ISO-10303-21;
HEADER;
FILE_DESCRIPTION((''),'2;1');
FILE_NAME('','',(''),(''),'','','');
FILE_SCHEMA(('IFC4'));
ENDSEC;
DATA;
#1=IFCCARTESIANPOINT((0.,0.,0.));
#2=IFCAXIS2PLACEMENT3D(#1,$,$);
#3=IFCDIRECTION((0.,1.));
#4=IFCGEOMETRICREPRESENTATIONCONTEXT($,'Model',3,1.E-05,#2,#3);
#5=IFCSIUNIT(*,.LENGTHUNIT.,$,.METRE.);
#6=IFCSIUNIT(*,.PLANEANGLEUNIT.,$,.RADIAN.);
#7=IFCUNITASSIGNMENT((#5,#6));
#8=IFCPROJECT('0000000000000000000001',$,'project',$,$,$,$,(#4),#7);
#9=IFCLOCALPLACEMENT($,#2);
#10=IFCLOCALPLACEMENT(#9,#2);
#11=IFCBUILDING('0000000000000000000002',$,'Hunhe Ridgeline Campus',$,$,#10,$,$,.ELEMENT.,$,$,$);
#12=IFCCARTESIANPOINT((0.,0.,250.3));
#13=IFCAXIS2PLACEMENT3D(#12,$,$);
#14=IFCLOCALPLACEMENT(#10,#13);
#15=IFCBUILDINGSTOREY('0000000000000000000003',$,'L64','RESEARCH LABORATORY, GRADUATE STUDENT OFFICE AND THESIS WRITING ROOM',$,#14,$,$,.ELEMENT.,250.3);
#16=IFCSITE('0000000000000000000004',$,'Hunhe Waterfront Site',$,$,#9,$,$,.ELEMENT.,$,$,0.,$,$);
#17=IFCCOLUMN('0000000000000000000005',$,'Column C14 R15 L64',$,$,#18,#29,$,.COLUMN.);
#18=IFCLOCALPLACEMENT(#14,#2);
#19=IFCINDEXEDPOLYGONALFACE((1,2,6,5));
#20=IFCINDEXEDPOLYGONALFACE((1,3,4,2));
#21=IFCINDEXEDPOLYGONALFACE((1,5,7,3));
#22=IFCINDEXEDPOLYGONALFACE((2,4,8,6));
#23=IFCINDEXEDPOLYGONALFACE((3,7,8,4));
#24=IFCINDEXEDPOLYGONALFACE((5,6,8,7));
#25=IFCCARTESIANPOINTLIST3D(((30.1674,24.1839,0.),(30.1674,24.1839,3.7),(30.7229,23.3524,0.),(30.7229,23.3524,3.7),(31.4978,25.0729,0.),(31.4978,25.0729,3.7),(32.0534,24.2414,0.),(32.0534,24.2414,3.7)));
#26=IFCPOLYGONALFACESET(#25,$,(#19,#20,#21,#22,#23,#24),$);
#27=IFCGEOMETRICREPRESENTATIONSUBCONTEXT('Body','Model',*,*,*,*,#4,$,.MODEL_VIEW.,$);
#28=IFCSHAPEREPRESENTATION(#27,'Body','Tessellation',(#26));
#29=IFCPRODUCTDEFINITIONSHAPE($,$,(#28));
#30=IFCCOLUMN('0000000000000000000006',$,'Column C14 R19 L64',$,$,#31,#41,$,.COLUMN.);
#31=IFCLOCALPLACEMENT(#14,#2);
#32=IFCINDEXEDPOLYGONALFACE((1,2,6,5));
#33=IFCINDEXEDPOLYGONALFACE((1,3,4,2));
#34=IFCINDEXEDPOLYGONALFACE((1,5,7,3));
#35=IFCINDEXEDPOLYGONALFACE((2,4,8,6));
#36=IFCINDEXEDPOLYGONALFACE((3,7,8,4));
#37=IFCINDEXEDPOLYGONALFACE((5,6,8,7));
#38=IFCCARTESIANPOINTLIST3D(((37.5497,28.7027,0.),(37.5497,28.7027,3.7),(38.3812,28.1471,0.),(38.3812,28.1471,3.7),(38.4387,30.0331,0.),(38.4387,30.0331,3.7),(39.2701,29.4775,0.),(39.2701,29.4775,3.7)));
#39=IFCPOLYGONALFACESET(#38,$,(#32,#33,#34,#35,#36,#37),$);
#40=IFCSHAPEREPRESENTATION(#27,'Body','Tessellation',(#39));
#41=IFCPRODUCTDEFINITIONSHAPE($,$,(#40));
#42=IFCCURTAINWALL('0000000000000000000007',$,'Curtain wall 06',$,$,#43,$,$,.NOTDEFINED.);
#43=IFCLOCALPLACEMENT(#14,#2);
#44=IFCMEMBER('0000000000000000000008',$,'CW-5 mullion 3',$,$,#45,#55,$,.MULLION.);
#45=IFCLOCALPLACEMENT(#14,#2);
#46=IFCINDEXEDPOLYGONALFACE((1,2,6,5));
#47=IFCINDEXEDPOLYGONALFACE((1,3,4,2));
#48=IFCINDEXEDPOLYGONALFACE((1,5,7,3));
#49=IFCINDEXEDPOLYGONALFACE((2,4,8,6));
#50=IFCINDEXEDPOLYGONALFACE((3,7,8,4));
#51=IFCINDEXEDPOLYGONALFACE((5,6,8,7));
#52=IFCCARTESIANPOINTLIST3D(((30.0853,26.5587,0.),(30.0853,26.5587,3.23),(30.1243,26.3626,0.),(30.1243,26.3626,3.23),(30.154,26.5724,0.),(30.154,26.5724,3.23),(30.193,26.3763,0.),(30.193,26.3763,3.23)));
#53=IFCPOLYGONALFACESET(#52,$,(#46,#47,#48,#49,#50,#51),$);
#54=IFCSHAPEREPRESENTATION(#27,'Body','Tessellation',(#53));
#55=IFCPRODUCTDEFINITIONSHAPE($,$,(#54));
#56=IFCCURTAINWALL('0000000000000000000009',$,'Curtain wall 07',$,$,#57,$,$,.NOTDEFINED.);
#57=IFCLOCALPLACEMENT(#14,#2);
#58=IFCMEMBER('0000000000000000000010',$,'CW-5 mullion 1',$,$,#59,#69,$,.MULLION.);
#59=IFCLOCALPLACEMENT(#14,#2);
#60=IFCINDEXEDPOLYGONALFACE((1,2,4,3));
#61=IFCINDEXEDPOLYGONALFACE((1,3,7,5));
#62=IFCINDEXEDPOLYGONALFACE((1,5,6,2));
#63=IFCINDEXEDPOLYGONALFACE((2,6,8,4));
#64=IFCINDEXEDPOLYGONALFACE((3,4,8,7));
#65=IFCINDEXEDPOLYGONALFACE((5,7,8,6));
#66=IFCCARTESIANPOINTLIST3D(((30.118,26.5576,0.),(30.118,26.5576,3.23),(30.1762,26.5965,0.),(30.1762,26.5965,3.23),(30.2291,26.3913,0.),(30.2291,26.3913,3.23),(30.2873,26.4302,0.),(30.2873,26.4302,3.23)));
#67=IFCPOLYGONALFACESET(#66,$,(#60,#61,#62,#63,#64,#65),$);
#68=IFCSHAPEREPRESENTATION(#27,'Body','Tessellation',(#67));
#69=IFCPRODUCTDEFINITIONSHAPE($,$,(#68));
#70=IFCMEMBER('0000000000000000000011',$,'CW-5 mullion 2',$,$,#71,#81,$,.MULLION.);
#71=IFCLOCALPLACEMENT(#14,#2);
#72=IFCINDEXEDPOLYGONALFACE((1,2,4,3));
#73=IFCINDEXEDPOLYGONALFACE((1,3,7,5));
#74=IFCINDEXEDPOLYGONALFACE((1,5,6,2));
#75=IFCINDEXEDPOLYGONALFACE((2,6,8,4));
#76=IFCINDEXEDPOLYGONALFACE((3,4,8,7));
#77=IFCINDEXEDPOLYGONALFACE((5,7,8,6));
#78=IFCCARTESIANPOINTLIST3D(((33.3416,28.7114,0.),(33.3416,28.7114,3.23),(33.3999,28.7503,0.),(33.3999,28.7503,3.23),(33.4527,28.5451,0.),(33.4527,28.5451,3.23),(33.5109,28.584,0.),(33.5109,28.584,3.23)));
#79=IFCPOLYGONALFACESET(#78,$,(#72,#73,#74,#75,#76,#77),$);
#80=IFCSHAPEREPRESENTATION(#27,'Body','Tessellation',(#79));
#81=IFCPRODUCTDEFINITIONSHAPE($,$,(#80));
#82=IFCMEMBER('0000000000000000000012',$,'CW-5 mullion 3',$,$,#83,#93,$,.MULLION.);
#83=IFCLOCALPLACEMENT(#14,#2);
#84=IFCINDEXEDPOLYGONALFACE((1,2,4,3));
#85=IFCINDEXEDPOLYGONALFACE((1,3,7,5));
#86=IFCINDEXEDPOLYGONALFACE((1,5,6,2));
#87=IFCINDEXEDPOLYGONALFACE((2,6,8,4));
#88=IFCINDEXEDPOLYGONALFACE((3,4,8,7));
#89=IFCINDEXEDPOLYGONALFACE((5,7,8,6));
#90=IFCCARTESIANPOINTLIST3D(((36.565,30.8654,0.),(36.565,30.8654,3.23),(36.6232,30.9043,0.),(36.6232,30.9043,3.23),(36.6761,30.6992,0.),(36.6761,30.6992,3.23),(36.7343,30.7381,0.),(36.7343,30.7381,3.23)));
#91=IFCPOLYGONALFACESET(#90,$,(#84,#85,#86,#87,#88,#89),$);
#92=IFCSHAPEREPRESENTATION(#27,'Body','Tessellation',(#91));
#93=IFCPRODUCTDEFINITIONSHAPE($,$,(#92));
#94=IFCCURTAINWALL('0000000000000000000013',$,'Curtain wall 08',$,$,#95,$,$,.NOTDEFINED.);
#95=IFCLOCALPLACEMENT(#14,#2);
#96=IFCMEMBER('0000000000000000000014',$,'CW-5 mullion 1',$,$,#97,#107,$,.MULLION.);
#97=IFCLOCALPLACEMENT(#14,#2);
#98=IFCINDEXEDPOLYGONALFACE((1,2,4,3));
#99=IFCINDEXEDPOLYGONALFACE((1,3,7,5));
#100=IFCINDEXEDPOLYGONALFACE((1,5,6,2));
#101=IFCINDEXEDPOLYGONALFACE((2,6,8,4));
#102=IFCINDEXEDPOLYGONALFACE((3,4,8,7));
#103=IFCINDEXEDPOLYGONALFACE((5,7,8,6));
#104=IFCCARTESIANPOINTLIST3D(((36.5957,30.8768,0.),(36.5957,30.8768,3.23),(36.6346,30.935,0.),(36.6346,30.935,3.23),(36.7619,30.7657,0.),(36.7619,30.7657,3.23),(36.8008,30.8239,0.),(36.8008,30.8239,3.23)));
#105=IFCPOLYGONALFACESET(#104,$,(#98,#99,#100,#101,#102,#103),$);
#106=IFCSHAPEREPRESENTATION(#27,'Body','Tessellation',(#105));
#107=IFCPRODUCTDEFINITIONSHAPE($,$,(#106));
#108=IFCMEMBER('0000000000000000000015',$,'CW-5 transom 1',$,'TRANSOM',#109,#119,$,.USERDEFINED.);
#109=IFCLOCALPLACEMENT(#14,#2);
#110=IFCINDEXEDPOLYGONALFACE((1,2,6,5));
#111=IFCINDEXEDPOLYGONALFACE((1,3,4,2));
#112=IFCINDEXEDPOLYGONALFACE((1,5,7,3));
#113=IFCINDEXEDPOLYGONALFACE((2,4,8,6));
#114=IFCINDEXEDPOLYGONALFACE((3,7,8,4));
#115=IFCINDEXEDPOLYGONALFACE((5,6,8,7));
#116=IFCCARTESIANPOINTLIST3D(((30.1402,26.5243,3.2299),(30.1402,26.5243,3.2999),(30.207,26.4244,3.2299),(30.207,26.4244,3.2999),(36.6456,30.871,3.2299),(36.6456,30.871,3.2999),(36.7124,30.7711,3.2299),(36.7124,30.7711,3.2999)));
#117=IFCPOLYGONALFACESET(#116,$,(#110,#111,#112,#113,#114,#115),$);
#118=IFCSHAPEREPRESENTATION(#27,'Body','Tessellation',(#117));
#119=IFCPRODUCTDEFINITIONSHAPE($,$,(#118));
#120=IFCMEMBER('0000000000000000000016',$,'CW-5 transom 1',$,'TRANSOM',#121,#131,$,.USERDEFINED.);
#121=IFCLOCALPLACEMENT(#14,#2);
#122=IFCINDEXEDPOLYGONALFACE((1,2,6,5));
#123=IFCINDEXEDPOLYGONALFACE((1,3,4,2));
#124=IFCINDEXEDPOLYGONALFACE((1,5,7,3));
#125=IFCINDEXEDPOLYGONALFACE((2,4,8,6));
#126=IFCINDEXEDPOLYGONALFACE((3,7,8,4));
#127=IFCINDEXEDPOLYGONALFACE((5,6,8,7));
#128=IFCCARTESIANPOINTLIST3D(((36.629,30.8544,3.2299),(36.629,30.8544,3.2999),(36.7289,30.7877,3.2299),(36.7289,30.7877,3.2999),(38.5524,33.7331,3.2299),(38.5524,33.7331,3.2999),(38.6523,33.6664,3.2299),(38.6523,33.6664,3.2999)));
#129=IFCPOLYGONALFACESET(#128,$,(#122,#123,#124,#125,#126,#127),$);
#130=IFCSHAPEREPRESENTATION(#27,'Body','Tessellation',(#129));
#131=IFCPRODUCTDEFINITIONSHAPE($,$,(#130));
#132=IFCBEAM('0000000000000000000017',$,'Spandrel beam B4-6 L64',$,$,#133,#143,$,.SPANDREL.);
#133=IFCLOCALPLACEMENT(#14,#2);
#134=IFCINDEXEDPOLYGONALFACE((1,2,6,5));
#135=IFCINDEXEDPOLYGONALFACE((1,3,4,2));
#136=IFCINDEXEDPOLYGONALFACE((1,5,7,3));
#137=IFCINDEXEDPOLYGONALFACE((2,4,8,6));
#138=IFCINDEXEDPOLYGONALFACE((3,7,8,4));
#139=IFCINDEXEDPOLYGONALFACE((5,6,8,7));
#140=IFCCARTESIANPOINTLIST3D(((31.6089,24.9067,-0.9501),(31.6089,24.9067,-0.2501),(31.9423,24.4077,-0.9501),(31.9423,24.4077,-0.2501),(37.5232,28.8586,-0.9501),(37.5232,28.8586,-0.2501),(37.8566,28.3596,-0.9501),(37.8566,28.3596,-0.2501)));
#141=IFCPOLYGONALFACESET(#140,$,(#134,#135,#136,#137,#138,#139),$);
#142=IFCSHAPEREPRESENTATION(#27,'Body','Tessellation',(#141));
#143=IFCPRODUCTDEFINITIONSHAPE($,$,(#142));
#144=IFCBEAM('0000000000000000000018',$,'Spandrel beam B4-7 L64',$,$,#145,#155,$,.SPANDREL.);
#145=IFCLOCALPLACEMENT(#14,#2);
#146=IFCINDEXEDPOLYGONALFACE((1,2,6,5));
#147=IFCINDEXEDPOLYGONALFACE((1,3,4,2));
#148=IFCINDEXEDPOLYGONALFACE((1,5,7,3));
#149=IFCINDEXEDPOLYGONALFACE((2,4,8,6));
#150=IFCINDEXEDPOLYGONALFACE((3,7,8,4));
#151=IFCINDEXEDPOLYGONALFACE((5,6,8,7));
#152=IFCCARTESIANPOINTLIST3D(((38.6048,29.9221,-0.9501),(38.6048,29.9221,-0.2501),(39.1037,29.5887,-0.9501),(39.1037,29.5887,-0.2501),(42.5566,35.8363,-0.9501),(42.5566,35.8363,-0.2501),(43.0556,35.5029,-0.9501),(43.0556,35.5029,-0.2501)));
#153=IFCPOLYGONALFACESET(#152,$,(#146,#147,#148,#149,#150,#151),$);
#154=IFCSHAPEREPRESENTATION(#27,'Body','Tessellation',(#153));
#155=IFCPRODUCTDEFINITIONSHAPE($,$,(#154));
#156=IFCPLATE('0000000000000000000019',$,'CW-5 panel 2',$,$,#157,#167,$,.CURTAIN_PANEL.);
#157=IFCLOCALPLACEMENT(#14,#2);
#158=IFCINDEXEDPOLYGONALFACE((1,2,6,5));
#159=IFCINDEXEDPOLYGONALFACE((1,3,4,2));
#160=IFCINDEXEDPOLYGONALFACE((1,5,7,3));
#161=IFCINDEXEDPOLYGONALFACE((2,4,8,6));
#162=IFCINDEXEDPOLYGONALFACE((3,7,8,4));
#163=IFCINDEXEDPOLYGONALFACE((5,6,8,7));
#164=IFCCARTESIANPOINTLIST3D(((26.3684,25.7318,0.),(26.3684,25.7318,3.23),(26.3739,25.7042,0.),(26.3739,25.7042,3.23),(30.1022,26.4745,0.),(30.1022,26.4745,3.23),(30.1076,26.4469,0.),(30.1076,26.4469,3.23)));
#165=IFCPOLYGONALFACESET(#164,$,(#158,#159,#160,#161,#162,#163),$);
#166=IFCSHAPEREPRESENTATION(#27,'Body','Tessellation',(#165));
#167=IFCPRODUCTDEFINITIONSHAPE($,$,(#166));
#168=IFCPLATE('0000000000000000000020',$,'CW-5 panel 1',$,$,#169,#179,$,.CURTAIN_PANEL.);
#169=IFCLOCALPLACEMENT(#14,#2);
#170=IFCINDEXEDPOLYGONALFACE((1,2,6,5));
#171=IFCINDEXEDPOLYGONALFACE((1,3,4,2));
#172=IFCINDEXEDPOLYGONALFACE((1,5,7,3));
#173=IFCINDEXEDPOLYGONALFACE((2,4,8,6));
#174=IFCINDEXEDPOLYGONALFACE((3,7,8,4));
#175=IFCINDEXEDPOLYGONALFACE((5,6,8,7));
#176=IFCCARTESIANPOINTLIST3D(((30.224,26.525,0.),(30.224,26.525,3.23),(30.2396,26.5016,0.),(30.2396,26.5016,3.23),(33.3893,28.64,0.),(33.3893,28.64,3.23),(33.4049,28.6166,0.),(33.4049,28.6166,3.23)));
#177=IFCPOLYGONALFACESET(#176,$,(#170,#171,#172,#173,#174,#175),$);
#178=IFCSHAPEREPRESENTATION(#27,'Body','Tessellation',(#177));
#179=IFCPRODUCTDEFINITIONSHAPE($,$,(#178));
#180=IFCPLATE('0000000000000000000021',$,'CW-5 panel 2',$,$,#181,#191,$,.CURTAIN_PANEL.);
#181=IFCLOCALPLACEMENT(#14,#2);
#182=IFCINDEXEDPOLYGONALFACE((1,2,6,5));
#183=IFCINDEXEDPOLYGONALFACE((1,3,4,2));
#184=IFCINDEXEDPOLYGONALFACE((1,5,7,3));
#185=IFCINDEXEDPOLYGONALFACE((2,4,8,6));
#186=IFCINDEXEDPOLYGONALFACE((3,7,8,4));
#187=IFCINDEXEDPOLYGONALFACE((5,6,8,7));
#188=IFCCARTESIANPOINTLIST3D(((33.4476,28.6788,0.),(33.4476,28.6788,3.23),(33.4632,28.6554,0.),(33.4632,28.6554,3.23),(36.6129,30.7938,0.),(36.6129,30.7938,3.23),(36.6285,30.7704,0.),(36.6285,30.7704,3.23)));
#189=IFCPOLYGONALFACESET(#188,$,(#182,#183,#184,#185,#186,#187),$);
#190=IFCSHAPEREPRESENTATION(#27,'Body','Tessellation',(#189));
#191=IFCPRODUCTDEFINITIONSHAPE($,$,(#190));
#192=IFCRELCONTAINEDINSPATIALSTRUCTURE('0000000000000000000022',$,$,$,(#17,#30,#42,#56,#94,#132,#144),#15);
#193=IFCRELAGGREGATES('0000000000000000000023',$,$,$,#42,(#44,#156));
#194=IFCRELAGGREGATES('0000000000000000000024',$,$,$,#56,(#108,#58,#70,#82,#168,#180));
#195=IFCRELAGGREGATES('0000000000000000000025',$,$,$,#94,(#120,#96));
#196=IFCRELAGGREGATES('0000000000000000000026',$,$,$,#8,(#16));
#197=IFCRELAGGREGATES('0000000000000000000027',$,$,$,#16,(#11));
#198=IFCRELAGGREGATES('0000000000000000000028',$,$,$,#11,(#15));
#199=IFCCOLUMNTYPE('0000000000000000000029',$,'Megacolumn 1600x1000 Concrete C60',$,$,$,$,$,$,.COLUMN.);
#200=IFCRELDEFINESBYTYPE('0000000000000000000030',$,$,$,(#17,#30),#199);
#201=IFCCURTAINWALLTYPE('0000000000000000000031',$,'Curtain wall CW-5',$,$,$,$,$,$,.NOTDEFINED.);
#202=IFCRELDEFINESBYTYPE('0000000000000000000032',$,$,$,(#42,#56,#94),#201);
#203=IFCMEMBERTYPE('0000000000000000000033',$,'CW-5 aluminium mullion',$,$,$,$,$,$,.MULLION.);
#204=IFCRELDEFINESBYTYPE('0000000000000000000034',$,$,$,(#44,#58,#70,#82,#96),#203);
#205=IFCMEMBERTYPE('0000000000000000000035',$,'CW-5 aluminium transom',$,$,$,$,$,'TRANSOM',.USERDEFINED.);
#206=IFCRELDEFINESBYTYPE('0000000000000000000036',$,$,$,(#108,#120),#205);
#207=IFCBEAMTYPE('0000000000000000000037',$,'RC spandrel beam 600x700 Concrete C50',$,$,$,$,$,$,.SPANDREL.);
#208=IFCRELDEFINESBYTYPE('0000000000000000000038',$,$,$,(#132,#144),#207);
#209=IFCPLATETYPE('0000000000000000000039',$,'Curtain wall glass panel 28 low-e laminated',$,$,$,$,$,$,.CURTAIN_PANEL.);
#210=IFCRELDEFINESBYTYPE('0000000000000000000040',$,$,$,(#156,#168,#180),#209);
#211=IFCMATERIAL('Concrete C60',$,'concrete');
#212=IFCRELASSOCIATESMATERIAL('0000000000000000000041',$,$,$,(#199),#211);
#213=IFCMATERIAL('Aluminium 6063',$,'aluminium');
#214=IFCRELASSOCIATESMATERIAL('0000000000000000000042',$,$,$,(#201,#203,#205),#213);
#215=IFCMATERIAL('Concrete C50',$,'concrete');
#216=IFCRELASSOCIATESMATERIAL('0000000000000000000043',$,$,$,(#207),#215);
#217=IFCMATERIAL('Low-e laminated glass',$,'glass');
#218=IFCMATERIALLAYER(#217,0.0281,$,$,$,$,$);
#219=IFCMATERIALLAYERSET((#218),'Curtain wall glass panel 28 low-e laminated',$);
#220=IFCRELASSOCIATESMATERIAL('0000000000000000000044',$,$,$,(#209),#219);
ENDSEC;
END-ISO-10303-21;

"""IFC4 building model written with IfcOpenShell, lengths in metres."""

from ifc_helpers import new_model, si_unit, direction, frame, origin, origin_2d, place, context, subcontext, project, spatial, rectangle, extrude, material, layer, layer_set, material_profile, profile_set, type_object, element, aggregate, save


model = new_model("IFC4")

# Units and contexts
model_context = context("Model", 3, precision=1e-05, world=origin(), true_north=direction((0.0, 1.0)))
body_context = subcontext(model_context, "Body", "Model", "MODEL_VIEW")
ifc_project = project(units=[si_unit("LENGTHUNIT", "METRE"), si_unit("PLANEANGLEUNIT", "RADIAN")], contexts=[model_context])

# Site, building, storey
site_placement = place(None, origin())
site = spatial("IfcSite", under=ifc_project, at=site_placement, Name="Hunhe Waterfront Site", CompositionType="ELEMENT", RefElevation=0.0)
building_placement = place(site_placement, origin())
building = spatial("IfcBuilding", under=site, at=building_placement, Name="Hunhe Ridgeline Campus", CompositionType="ELEMENT")
storey_placement = place(building_placement, frame((0.0, 0.0, 250.3)))
storey = spatial("IfcBuildingStorey", under=building, at=storey_placement, Name="L64", Description="RESEARCH LABORATORY, GRADUATE STUDENT OFFICE AND THESIS WRITING ROOM", CompositionType="ELEMENT", Elevation=250.3)

# Columns
ifc_material_1 = material(Name="Concrete C60", Category="concrete")
ifc_material_profile_1 = material_profile(ifc_material_1, rectangle(XDim=1.6001, YDim=1.0, at=origin_2d()))
ifc_profile_set_1 = profile_set([ifc_material_profile_1], Name="Concrete C60")
column_type = type_object("IfcColumnType", Name="Megacolumn 1600x1000 Concrete C60", PredefinedType="COLUMN", material=ifc_profile_set_1)
for number, where, z_axis, x_axis, name in (
    (1, (31.1104, 24.2126, 0.0), (0.0, 0.0, 1.0), (0.83147, 0.55557, 0.0), "Column C14 R15 L64"),
    (2, (38.4099, 29.0901, 0.0), (0.0, 0.0, 1.0), (0.55557, 0.83147, 0.0), "Column C14 R19 L64"),
):
    element("IfcColumn", number, at=place(storey_placement, frame(where, z_axis=z_axis, x_axis=x_axis)), inside=storey, type_object=column_type, Name=name, PredefinedType="COLUMN", context=body_context, shape_type="SweptSolid", body=[
        extrude(rectangle(XDim=1.6001, YDim=1.0, at=origin_2d()), origin(), (0.0, 0.0, 1.0), 3.7),
    ])

# Curtain wall, member
ifc_material_2 = material(Name="Aluminium 6063", Category="aluminium")
curtain_wall_type = type_object("IfcCurtainWallType", Name="Curtain wall CW-5", PredefinedType="NOTDEFINED", material=ifc_material_2)
curtain_wall_1_placement = place(storey_placement, origin())
curtain_wall_1 = element("IfcCurtainWall", 3, at=curtain_wall_1_placement, inside=storey, type_object=curtain_wall_type, Name="Curtain wall 06", PredefinedType="NOTDEFINED")
ifc_material_profile_2 = material_profile(ifc_material_2, rectangle(XDim=0.2, YDim=0.0701, at=origin_2d()))
ifc_profile_set_2 = profile_set([ifc_material_profile_2], Name="Aluminium 6063")
member_type_1 = type_object("IfcMemberType", Name="CW-5 aluminium mullion", PredefinedType="MULLION", material=ifc_profile_set_2)
member_1_placement = place(storey_placement, frame((30.1392, 26.4675, 0.0), z_axis=(0.0, 0.0, 1.0), x_axis=(-0.19509, 0.980785, 0.0)))
member_1 = element("IfcMember", 4, at=member_1_placement, type_object=member_type_1, Name="CW-5 mullion 3", PredefinedType="MULLION", context=body_context, shape_type="SweptSolid", body=[
    extrude(rectangle(XDim=0.2, YDim=0.0701, at=origin_2d()), origin(), (0.0, 0.0, 1.0), 3.23),
])

# Curtain wall, members
curtain_wall_2_placement = place(storey_placement, origin())
curtain_wall_2 = element("IfcCurtainWall", 5, at=curtain_wall_2_placement, inside=storey, type_object=curtain_wall_type, Name="Curtain wall 07", PredefinedType="NOTDEFINED")
member_2_placement = place(storey_placement, frame((30.2026, 26.4939, 0.0), z_axis=(0.0, 0.0, 1.0), x_axis=(-0.55557, 0.83147, 0.0)))
member_2 = element("IfcMember", 6, at=member_2_placement, type_object=member_type_1, Name="CW-5 mullion 1", PredefinedType="MULLION", context=body_context, shape_type="SweptSolid", body=[
    extrude(rectangle(XDim=0.2, YDim=0.0701, at=origin_2d()), origin(), (0.0, 0.0, 1.0), 3.23),
])
member_3_placement = place(storey_placement, frame((33.4263, 28.6477, 0.0), z_axis=(0.0, 0.0, 1.0), x_axis=(-0.55557, 0.83147, 0.0)))
member_3 = element("IfcMember", 7, at=member_3_placement, type_object=member_type_1, Name="CW-5 mullion 2", PredefinedType="MULLION", context=body_context, shape_type="SweptSolid", body=[
    extrude(rectangle(XDim=0.2, YDim=0.0701, at=origin_2d()), origin(), (0.0, 0.0, 1.0), 3.23),
])
member_4_placement = place(storey_placement, frame((36.6497, 30.8018, 0.0), z_axis=(0.0, 0.0, 1.0), x_axis=(-0.55557, 0.83147, 0.0)))
member_4 = element("IfcMember", 8, at=member_4_placement, type_object=member_type_1, Name="CW-5 mullion 3", PredefinedType="MULLION", context=body_context, shape_type="SweptSolid", body=[
    extrude(rectangle(XDim=0.2, YDim=0.0701, at=origin_2d()), origin(), (0.0, 0.0, 1.0), 3.23),
])

# Curtain wall, member
curtain_wall_3_placement = place(storey_placement, origin())
curtain_wall_3 = element("IfcCurtainWall", 9, at=curtain_wall_3_placement, inside=storey, type_object=curtain_wall_type, Name="Curtain wall 08", PredefinedType="NOTDEFINED")
member_5_placement = place(storey_placement, frame((36.6982, 30.8503, 0.0), z_axis=(0.0, 0.0, 1.0), x_axis=(-0.83147, 0.55557, 0.0)))
member_5 = element("IfcMember", 10, at=member_5_placement, type_object=member_type_1, Name="CW-5 mullion 1", PredefinedType="MULLION", context=body_context, shape_type="SweptSolid", body=[
    extrude(rectangle(XDim=0.2, YDim=0.0701, at=origin_2d()), origin(), (0.0, 0.0, 1.0), 3.23),
])

# Members
ifc_material_profile_3 = material_profile(ifc_material_2, rectangle(XDim=0.1201, YDim=0.0701, at=origin_2d()))
ifc_profile_set_3 = profile_set([ifc_material_profile_3], Name="Aluminium 6063")
member_type_2 = type_object("IfcMemberType", Name="CW-5 aluminium transom", ElementType="TRANSOM", PredefinedType="USERDEFINED", material=ifc_profile_set_3)
member_6_placement = place(storey_placement, frame((30.1736, 26.4744, 3.2649), z_axis=(0.831474, 0.555564, 0.0), x_axis=(-0.555564, 0.831474, 0.0)))
member_6 = element("IfcMember", 11, at=member_6_placement, type_object=member_type_2, Name="CW-5 transom 1", ObjectType="TRANSOM", PredefinedType="USERDEFINED", context=body_context, shape_type="SweptSolid", body=[
    extrude(rectangle(XDim=0.1201, YDim=0.0701, at=origin_2d()), origin(), (0.0, 0.0, 1.0), 7.824),
])
member_7_placement = place(storey_placement, frame((36.679, 30.821, 3.2649), z_axis=(0.555546, 0.831486, 0.0), x_axis=(-0.831486, 0.555546, 0.0)))
member_7 = element("IfcMember", 12, at=member_7_placement, type_object=member_type_2, Name="CW-5 transom 1", ObjectType="TRANSOM", PredefinedType="USERDEFINED", context=body_context, shape_type="SweptSolid", body=[
    extrude(rectangle(XDim=0.1201, YDim=0.0701, at=origin_2d()), origin(), (0.0, 0.0, 1.0), 3.4622),
])

# Beams
ifc_material_3 = material(Name="Concrete C50", Category="concrete")
ifc_material_profile_4 = material_profile(ifc_material_3, rectangle(XDim=0.6001, YDim=0.7, at=origin_2d()))
ifc_profile_set_4 = profile_set([ifc_material_profile_4], Name="Concrete C50")
beam_type = type_object("IfcBeamType", Name="RC spandrel beam 600x700 Concrete C50", PredefinedType="SPANDREL", material=ifc_profile_set_4)
for number, where, z_axis, x_axis, name in (
    (13, (31.7756, 24.6572, -0.6001), (0.831464, 0.555579, 0.0), (-0.555579, 0.831464, 0.0), "Spandrel beam B4-6 L64"),
    (14, (38.8542, 29.7554, -0.6001), (0.555579, 0.831464, 0.0), (-0.831464, 0.555579, 0.0), "Spandrel beam B4-7 L64"),
):
    element("IfcBeam", number, at=place(storey_placement, frame(where, z_axis=z_axis, x_axis=x_axis)), inside=storey, type_object=beam_type, Name=name, PredefinedType="SPANDREL", context=body_context, shape_type="SweptSolid", body=[
        extrude(rectangle(XDim=0.6001, YDim=0.7, at=origin_2d()), origin(), (0.0, 0.0, 1.0), 7.113),
    ])

# Plates
ifc_material_4 = material(Name="Low-e laminated glass", Category="glass")
ifc_layer_1 = layer(ifc_material_4, 0.0281)
ifc_layer_set_1 = layer_set([ifc_layer_1], Name="Curtain wall glass panel 28 low-e laminated")
plate_type = type_object("IfcPlateType", Name="Curtain wall glass panel 28 low-e laminated", PredefinedType="CURTAIN_PANEL", material=ifc_layer_set_1)
plate_1_placement = place(storey_placement, frame((28.238, 26.0894, 0.0), z_axis=(0.0, 0.0, 1.0), x_axis=(0.980785, 0.19509, 0.0)))
plate_1 = element("IfcPlate", 15, at=plate_1_placement, type_object=plate_type, Name="CW-5 panel 2", PredefinedType="CURTAIN_PANEL", context=body_context, shape_type="SweptSolid", body=[
    extrude(rectangle(XDim=3.8069, YDim=0.0281, at=origin_2d()), origin(), (0.0, 0.0, 1.0), 3.23),
])
aggregate(curtain_wall_1, [member_1, plate_1])
plate_2_placement = place(storey_placement, frame((31.8145, 27.5708, 0.0), z_axis=(0.0, 0.0, 1.0), x_axis=(0.83147, 0.55557, 0.0)))
plate_2 = element("IfcPlate", 16, at=plate_2_placement, type_object=plate_type, Name="CW-5 panel 1", PredefinedType="CURTAIN_PANEL", context=body_context, shape_type="SweptSolid", body=[
    extrude(rectangle(XDim=3.8069, YDim=0.0281, at=origin_2d()), origin(), (0.0, 0.0, 1.0), 3.23),
])
plate_3_placement = place(storey_placement, frame((35.0381, 29.7246, 0.0), z_axis=(0.0, 0.0, 1.0), x_axis=(0.83147, 0.55557, 0.0)))
plate_3 = element("IfcPlate", 17, at=plate_3_placement, type_object=plate_type, Name="CW-5 panel 2", PredefinedType="CURTAIN_PANEL", context=body_context, shape_type="SweptSolid", body=[
    extrude(rectangle(XDim=3.8069, YDim=0.0281, at=origin_2d()), origin(), (0.0, 0.0, 1.0), 3.23),
])
aggregate(curtain_wall_2, [member_6, member_2, member_3, member_4, plate_2, plate_3])
aggregate(curtain_wall_3, [member_7, member_5])

save(model, "model.ifc")
